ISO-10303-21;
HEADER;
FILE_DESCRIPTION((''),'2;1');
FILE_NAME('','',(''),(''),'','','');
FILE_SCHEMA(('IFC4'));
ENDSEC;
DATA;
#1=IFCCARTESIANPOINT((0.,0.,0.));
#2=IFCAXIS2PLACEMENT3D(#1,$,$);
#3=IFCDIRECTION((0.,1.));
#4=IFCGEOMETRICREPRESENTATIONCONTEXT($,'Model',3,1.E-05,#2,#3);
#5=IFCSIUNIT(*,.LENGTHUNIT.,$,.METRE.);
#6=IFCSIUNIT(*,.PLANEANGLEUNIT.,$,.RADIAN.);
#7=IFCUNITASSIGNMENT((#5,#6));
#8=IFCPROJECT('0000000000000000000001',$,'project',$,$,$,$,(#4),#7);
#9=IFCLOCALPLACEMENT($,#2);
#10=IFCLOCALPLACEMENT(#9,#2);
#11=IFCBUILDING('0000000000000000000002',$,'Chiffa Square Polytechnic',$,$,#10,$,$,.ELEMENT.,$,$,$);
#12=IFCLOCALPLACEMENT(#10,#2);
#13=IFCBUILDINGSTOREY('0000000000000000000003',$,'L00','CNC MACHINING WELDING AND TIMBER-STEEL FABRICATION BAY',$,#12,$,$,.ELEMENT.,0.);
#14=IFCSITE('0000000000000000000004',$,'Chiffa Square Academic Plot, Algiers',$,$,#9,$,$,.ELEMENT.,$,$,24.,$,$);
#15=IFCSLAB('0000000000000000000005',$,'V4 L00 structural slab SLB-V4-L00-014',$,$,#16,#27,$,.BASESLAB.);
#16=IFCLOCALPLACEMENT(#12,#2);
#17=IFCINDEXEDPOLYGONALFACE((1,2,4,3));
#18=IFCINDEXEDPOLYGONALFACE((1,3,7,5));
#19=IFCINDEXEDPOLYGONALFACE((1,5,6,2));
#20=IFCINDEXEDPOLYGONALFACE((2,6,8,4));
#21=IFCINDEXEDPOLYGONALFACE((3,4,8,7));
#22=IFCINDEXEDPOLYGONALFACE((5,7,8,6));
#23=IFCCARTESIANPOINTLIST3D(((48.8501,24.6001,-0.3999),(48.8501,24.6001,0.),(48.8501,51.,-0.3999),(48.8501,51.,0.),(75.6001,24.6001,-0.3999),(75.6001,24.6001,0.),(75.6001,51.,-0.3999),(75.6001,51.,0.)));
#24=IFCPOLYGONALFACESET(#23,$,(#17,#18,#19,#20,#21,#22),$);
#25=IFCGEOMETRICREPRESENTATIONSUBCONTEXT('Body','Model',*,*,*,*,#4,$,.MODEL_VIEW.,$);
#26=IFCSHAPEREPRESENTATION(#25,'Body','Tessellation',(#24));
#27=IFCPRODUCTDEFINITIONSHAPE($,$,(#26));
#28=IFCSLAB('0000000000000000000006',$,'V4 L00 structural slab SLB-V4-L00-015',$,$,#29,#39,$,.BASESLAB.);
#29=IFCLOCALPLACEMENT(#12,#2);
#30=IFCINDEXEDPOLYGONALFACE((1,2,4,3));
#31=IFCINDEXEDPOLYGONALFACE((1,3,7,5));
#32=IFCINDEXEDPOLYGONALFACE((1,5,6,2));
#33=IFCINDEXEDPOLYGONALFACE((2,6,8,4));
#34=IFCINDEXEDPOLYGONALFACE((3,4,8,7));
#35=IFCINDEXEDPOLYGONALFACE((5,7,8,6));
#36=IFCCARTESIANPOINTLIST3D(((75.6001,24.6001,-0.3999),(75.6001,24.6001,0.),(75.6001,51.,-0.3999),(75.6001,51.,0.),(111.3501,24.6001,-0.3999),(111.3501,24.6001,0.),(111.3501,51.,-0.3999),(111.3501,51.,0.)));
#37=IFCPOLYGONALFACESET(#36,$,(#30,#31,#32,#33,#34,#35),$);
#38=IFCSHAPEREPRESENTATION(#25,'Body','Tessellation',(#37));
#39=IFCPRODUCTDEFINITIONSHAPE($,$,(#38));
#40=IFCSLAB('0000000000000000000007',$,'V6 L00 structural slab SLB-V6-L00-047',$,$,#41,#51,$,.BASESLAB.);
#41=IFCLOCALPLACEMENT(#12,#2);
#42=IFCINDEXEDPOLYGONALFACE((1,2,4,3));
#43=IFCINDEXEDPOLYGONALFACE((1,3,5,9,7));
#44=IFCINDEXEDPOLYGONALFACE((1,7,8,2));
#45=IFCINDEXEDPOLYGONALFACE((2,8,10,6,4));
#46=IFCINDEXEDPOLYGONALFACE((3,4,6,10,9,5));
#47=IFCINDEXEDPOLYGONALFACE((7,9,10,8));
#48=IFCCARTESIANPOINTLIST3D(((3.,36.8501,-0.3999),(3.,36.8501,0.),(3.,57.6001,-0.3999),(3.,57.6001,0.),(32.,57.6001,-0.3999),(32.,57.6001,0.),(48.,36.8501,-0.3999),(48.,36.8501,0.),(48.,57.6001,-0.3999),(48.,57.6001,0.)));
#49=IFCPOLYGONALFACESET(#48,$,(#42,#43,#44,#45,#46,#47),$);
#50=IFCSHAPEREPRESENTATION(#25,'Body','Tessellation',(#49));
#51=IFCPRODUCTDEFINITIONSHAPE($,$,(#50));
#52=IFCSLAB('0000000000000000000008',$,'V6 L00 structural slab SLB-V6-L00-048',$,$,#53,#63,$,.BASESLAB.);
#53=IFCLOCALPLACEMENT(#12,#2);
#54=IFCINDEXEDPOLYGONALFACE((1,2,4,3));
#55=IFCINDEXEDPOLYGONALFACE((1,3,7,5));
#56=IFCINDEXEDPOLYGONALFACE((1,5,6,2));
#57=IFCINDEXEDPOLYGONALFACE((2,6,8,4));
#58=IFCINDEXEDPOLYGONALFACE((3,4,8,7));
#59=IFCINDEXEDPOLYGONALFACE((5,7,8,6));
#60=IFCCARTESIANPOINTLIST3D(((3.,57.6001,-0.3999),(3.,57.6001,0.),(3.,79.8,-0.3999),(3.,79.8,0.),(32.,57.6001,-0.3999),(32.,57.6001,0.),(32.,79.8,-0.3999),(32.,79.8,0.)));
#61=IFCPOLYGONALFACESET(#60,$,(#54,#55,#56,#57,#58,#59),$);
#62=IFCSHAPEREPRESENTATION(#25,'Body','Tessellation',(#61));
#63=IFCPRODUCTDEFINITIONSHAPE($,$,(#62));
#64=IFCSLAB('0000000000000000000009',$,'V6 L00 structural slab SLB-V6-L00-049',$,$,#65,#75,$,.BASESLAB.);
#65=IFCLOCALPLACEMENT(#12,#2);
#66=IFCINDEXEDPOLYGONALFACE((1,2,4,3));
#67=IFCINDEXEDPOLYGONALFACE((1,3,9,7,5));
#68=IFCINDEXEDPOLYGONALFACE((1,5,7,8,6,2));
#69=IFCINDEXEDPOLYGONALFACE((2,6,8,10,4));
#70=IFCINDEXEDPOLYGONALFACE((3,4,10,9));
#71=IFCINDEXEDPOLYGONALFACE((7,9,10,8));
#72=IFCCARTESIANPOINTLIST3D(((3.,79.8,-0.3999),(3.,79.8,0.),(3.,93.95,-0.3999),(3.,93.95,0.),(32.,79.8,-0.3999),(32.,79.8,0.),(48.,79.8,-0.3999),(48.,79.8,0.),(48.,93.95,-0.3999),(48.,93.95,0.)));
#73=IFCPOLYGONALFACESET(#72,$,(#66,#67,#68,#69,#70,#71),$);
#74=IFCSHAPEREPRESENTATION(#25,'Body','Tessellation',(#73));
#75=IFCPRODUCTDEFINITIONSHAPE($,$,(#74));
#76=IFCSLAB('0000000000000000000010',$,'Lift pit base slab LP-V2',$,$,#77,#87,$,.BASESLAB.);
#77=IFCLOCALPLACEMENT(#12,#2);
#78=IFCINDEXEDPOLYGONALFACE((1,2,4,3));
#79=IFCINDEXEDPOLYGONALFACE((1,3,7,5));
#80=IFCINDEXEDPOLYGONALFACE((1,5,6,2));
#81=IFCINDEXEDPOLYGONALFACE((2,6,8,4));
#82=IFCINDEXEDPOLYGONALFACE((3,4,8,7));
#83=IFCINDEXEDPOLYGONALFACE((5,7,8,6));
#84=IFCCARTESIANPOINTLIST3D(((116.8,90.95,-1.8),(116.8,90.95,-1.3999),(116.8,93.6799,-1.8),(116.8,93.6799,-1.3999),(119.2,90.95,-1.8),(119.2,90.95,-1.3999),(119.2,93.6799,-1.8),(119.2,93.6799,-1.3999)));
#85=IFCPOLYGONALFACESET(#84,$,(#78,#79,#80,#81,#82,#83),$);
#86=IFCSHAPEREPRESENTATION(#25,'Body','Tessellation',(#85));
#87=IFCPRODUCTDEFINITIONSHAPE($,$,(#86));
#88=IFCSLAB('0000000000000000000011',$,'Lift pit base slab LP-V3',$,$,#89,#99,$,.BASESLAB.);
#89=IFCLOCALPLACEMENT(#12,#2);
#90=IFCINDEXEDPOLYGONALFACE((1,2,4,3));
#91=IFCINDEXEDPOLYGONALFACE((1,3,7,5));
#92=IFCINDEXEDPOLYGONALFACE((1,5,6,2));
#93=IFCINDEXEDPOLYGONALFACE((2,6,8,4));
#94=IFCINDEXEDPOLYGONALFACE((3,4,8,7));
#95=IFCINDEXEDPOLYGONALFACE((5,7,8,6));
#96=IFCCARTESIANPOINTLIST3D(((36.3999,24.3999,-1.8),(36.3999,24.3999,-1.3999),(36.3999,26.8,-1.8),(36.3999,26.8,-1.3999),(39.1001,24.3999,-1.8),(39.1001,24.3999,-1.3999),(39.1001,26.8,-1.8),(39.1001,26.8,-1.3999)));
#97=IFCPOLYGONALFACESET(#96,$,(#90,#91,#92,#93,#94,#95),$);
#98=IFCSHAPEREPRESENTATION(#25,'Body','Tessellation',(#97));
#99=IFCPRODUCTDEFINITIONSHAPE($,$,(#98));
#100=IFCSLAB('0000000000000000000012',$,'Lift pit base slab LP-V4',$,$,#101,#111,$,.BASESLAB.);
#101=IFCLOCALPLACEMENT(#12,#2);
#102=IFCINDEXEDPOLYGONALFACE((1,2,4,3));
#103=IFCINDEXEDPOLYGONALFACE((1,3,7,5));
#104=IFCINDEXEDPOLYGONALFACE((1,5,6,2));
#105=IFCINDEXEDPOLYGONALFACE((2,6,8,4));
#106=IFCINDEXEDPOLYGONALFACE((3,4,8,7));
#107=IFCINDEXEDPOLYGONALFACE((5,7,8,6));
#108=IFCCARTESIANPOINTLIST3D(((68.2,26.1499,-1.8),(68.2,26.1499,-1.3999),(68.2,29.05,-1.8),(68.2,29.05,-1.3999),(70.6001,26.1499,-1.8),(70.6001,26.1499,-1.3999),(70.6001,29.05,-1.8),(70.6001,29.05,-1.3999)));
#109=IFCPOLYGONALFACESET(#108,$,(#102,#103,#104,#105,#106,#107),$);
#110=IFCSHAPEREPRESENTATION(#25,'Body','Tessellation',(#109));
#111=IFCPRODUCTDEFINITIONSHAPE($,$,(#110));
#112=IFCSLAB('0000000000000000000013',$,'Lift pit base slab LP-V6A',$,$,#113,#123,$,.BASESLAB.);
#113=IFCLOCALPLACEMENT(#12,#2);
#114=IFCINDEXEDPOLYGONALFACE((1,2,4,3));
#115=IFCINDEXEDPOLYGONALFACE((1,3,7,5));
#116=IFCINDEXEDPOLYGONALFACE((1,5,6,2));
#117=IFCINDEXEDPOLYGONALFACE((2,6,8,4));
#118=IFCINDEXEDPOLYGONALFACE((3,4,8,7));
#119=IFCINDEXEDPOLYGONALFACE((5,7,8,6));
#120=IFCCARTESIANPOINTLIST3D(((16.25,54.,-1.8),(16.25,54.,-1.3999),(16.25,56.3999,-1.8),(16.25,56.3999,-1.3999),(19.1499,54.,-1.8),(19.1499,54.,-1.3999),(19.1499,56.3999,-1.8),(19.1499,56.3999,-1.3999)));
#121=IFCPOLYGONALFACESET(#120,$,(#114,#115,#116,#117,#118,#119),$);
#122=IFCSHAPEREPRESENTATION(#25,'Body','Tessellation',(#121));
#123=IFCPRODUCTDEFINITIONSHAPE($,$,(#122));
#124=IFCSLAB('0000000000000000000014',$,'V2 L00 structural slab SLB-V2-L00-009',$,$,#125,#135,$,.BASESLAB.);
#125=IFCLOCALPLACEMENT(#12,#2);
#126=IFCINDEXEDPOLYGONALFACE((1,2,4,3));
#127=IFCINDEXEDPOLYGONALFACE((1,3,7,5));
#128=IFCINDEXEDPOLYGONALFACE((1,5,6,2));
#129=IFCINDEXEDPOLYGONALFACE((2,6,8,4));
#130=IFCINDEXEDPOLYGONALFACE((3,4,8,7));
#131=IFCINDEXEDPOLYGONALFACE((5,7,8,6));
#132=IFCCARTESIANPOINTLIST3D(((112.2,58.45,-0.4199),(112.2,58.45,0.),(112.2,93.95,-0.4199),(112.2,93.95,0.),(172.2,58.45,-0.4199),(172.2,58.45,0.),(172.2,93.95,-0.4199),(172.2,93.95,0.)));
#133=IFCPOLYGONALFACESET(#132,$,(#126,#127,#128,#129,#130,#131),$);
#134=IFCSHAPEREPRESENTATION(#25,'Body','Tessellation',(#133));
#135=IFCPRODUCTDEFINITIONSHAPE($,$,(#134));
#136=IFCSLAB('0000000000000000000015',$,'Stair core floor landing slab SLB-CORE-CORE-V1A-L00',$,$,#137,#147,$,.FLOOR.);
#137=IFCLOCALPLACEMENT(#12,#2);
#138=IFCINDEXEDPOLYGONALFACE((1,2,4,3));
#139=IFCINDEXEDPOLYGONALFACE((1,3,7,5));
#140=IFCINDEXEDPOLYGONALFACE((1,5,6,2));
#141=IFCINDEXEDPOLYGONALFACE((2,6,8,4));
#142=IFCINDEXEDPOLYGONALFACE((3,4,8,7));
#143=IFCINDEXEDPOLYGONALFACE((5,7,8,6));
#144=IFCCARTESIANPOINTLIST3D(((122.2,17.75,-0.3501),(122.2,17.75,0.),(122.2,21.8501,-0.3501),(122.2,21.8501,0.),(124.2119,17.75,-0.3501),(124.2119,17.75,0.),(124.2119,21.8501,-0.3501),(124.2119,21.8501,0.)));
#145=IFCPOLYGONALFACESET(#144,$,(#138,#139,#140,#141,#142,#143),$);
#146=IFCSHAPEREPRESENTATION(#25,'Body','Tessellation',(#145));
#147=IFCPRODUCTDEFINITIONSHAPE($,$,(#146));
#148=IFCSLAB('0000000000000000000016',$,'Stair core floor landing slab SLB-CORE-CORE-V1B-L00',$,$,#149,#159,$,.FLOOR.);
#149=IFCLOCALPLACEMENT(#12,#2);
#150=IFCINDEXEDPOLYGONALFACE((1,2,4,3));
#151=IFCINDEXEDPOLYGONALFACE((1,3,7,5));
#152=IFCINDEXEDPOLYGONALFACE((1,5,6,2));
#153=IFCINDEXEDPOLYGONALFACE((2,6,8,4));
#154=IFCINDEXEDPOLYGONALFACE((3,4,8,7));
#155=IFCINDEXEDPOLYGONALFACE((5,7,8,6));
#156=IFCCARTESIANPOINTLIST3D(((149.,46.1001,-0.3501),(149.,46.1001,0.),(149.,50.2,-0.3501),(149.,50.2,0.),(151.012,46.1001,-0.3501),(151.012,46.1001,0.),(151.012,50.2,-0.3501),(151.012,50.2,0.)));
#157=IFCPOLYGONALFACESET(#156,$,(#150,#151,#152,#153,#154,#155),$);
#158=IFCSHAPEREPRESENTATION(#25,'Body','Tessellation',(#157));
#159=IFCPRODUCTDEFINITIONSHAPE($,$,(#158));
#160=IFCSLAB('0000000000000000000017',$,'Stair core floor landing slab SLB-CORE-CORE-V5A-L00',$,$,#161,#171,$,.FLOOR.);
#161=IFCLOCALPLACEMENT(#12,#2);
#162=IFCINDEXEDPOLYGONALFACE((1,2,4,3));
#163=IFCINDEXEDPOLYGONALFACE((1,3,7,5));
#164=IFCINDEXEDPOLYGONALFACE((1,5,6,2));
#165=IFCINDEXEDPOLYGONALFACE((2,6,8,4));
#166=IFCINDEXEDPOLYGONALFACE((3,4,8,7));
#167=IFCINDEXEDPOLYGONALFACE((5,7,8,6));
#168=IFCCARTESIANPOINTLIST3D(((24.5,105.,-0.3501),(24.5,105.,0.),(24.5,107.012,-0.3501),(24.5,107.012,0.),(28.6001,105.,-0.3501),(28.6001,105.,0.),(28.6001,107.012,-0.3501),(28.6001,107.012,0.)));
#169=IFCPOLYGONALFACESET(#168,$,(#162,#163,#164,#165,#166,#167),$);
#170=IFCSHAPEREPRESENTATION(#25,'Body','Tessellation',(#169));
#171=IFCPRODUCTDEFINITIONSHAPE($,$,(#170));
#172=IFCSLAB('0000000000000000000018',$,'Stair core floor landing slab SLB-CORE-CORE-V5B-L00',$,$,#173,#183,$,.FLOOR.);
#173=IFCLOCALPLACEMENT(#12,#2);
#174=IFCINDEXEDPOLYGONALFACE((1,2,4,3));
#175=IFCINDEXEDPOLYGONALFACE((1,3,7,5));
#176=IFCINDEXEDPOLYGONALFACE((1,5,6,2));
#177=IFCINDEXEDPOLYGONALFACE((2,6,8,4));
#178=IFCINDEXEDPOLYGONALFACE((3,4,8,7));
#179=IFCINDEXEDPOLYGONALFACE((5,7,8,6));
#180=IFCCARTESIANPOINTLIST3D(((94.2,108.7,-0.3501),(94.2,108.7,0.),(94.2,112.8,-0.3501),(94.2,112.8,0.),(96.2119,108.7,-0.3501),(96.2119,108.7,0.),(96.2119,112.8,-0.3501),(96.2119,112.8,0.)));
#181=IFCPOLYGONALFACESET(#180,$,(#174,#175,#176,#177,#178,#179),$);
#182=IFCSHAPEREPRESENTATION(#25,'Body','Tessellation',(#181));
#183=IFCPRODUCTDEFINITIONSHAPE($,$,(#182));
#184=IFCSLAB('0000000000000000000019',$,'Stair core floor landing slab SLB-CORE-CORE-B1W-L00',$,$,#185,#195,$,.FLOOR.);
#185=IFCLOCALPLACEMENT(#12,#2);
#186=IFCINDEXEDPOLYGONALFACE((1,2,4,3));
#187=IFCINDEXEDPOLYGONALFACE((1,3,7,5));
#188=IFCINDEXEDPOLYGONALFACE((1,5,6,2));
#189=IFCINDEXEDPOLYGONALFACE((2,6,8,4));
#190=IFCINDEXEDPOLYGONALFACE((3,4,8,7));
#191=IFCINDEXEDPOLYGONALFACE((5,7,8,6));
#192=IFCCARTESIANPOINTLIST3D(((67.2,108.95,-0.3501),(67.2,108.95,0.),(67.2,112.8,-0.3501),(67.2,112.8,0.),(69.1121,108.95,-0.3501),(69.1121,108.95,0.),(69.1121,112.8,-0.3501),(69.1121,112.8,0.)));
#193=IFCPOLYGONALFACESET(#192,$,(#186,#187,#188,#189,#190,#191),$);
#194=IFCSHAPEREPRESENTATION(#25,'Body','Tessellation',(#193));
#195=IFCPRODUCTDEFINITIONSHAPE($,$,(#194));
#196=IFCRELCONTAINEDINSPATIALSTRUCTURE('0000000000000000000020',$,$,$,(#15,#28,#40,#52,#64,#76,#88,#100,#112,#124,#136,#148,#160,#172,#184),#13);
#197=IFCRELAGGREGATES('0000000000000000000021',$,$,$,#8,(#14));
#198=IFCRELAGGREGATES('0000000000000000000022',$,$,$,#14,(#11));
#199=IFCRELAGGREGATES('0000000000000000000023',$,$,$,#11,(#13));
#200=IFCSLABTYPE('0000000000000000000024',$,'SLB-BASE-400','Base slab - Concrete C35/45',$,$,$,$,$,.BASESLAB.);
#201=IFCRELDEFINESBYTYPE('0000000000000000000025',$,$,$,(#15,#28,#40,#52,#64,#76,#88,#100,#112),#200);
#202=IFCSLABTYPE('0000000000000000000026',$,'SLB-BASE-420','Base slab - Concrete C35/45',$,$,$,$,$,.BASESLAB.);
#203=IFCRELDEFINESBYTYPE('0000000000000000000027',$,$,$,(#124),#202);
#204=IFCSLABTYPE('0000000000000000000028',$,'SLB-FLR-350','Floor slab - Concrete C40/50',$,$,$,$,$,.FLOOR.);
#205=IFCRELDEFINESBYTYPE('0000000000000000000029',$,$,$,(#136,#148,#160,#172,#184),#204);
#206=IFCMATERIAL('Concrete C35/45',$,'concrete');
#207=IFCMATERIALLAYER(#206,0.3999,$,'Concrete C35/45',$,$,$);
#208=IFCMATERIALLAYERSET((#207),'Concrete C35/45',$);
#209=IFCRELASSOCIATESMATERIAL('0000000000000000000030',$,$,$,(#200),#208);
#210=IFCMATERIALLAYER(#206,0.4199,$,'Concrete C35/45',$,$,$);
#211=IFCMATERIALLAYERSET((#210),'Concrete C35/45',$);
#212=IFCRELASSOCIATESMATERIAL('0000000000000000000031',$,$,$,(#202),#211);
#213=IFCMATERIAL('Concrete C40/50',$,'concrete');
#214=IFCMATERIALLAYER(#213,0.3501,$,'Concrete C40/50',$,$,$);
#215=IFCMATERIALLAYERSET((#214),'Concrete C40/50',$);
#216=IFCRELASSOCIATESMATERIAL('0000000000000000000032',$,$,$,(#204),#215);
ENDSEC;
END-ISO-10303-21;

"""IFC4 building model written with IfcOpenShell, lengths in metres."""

from ifc_helpers import new_model, si_unit, direction, frame, origin, place, context, subcontext, project, spatial, polyline, outline, extrude, material, layer, layer_set, type_object, element, save


model = new_model("IFC4")

# Units and contexts
model_context = context("Model", 3, precision=1e-05, world=origin(), true_north=direction((0.0, 1.0)))
body_context = subcontext(model_context, "Body", "Model", "MODEL_VIEW")
ifc_project = project(units=[si_unit("LENGTHUNIT", "METRE"), si_unit("PLANEANGLEUNIT", "RADIAN")], contexts=[model_context])

# Site, building, storey
site_placement = place(None, origin())
site = spatial("IfcSite", under=ifc_project, at=site_placement, Name="Chiffa Square Academic Plot, Algiers", CompositionType="ELEMENT", RefElevation=24.0)
building_placement = place(site_placement, origin())
building = spatial("IfcBuilding", under=site, at=building_placement, Name="Chiffa Square Polytechnic", CompositionType="ELEMENT")
storey_placement = place(building_placement, origin())
storey = spatial("IfcBuildingStorey", under=building, at=storey_placement, Name="L00", Description="CNC MACHINING WELDING AND TIMBER-STEEL FABRICATION BAY", CompositionType="ELEMENT", Elevation=0.0)

# Shared definitions
ifc_material_1 = material(Name="Concrete C35/45", Category="concrete")

# Slabs
ifc_layer_1 = layer(ifc_material_1, 0.3999, Name="Concrete C35/45")
ifc_layer_set_1 = layer_set([ifc_layer_1], Name="Concrete C35/45")
slab_type_1 = type_object("IfcSlabType", Name="SLB-BASE-400", Description="Base slab - Concrete C35/45", PredefinedType="BASESLAB", material=ifc_layer_set_1)
slab_1_placement = place(storey_placement, frame((0.0, 0.0, -0.3999)))
element("IfcSlab", 1, at=slab_1_placement, inside=storey, type_object=slab_type_1, Name="V4 L00 structural slab SLB-V4-L00-014", PredefinedType="BASESLAB", context=body_context, shape_type="SweptSolid", body=[
    extrude(outline(polyline([(48.8501, 24.6001), (48.8501, 51.0), (75.6001, 51.0), (75.6001, 24.6001), (48.8501, 24.6001)])), origin(), (0.0, 0.0, 1.0), 0.3999),
])
slab_2_placement = place(storey_placement, frame((0.0, 0.0, -0.3999)))
element("IfcSlab", 2, at=slab_2_placement, inside=storey, type_object=slab_type_1, Name="V4 L00 structural slab SLB-V4-L00-015", PredefinedType="BASESLAB", context=body_context, shape_type="SweptSolid", body=[
    extrude(outline(polyline([(111.3501, 51.0), (111.3501, 24.6001), (75.6001, 24.6001), (75.6001, 51.0), (111.3501, 51.0)])), origin(), (0.0, 0.0, 1.0), 0.3999),
])
slab_3_placement = place(storey_placement, frame((0.0, 0.0, -0.3999)))
element("IfcSlab", 3, at=slab_3_placement, inside=storey, type_object=slab_type_1, Name="V6 L00 structural slab SLB-V6-L00-047", PredefinedType="BASESLAB", context=body_context, shape_type="SweptSolid", body=[
    extrude(outline(polyline([(48.0, 36.8501), (3.0, 36.8501), (3.0, 57.6001), (32.0, 57.6001), (48.0, 57.6001), (48.0, 36.8501)])), origin(), (0.0, 0.0, 1.0), 0.3999),
])
slab_4_placement = place(storey_placement, frame((0.0, 0.0, -0.3999)))
element("IfcSlab", 4, at=slab_4_placement, inside=storey, type_object=slab_type_1, Name="V6 L00 structural slab SLB-V6-L00-048", PredefinedType="BASESLAB", context=body_context, shape_type="SweptSolid", body=[
    extrude(outline(polyline([(32.0, 57.6001), (3.0, 57.6001), (3.0, 79.8), (32.0, 79.8), (32.0, 57.6001)])), origin(), (0.0, 0.0, 1.0), 0.3999),
])
slab_5_placement = place(storey_placement, frame((0.0, 0.0, -0.3999)))
element("IfcSlab", 5, at=slab_5_placement, inside=storey, type_object=slab_type_1, Name="V6 L00 structural slab SLB-V6-L00-049", PredefinedType="BASESLAB", context=body_context, shape_type="SweptSolid", body=[
    extrude(outline(polyline([(32.0, 79.8), (3.0, 79.8), (3.0, 93.95), (48.0, 93.95), (48.0, 79.8), (32.0, 79.8)])), origin(), (0.0, 0.0, 1.0), 0.3999),
])
slab_6_placement = place(storey_placement, frame((0.0, 0.0, -1.8)))
element("IfcSlab", 6, at=slab_6_placement, inside=storey, type_object=slab_type_1, Name="Lift pit base slab LP-V2", PredefinedType="BASESLAB", context=body_context, shape_type="SweptSolid", body=[
    extrude(outline(polyline([(116.8, 90.95), (119.2, 90.95), (119.2, 93.6799), (116.8, 93.6799), (116.8, 90.95)])), origin(), (0.0, 0.0, 1.0), 0.4001),
])
slab_7_placement = place(storey_placement, frame((0.0, 0.0, -1.8)))
element("IfcSlab", 7, at=slab_7_placement, inside=storey, type_object=slab_type_1, Name="Lift pit base slab LP-V3", PredefinedType="BASESLAB", context=body_context, shape_type="SweptSolid", body=[
    extrude(outline(polyline([(36.3999, 24.3999), (39.1001, 24.3999), (39.1001, 26.8), (36.3999, 26.8), (36.3999, 24.3999)])), origin(), (0.0, 0.0, 1.0), 0.4001),
])
slab_8_placement = place(storey_placement, frame((0.0, 0.0, -1.8)))
element("IfcSlab", 8, at=slab_8_placement, inside=storey, type_object=slab_type_1, Name="Lift pit base slab LP-V4", PredefinedType="BASESLAB", context=body_context, shape_type="SweptSolid", body=[
    extrude(outline(polyline([(68.2, 26.1499), (70.6001, 26.1499), (70.6001, 29.05), (68.2, 29.05), (68.2, 26.1499)])), origin(), (0.0, 0.0, 1.0), 0.4001),
])
slab_9_placement = place(storey_placement, frame((0.0, 0.0, -1.8)))
element("IfcSlab", 9, at=slab_9_placement, inside=storey, type_object=slab_type_1, Name="Lift pit base slab LP-V6A", PredefinedType="BASESLAB", context=body_context, shape_type="SweptSolid", body=[
    extrude(outline(polyline([(16.25, 54.0), (19.1499, 54.0), (19.1499, 56.3999), (16.25, 56.3999), (16.25, 54.0)])), origin(), (0.0, 0.0, 1.0), 0.4001),
])
ifc_layer_2 = layer(ifc_material_1, 0.4199, Name="Concrete C35/45")
ifc_layer_set_2 = layer_set([ifc_layer_2], Name="Concrete C35/45")
slab_type_2 = type_object("IfcSlabType", Name="SLB-BASE-420", Description="Base slab - Concrete C35/45", PredefinedType="BASESLAB", material=ifc_layer_set_2)
slab_10_placement = place(storey_placement, frame((0.0, 0.0, -0.4199)))
element("IfcSlab", 10, at=slab_10_placement, inside=storey, type_object=slab_type_2, Name="V2 L00 structural slab SLB-V2-L00-009", PredefinedType="BASESLAB", context=body_context, shape_type="SweptSolid", body=[
    extrude(outline(polyline([(112.2, 93.95), (172.2, 93.95), (172.2, 58.45), (112.2, 58.45), (112.2, 93.95)])), origin(), (0.0, 0.0, 1.0), 0.4199),
])
ifc_material_2 = material(Name="Concrete C40/50", Category="concrete")
ifc_layer_3 = layer(ifc_material_2, 0.3501, Name="Concrete C40/50")
ifc_layer_set_3 = layer_set([ifc_layer_3], Name="Concrete C40/50")
slab_type_3 = type_object("IfcSlabType", Name="SLB-FLR-350", Description="Floor slab - Concrete C40/50", PredefinedType="FLOOR", material=ifc_layer_set_3)
slab_11_placement = place(storey_placement, frame((0.0, 0.0, -0.3501)))
element("IfcSlab", 11, at=slab_11_placement, inside=storey, type_object=slab_type_3, Name="Stair core floor landing slab SLB-CORE-CORE-V1A-L00", PredefinedType="FLOOR", context=body_context, shape_type="SweptSolid", body=[
    extrude(outline(polyline([(122.2, 17.75), (124.2119, 17.75), (124.2119, 21.8501), (122.2, 21.8501), (122.2, 17.75)])), origin(), (0.0, 0.0, 1.0), 0.3501),
])
slab_12_placement = place(storey_placement, frame((0.0, 0.0, -0.3501)))
element("IfcSlab", 12, at=slab_12_placement, inside=storey, type_object=slab_type_3, Name="Stair core floor landing slab SLB-CORE-CORE-V1B-L00", PredefinedType="FLOOR", context=body_context, shape_type="SweptSolid", body=[
    extrude(outline(polyline([(149.0, 46.1001), (151.012, 46.1001), (151.012, 50.2), (149.0, 50.2), (149.0, 46.1001)])), origin(), (0.0, 0.0, 1.0), 0.3501),
])
slab_13_placement = place(storey_placement, frame((0.0, 0.0, -0.3501)))
element("IfcSlab", 13, at=slab_13_placement, inside=storey, type_object=slab_type_3, Name="Stair core floor landing slab SLB-CORE-CORE-V5A-L00", PredefinedType="FLOOR", context=body_context, shape_type="SweptSolid", body=[
    extrude(outline(polyline([(28.6001, 105.0), (28.6001, 107.012), (24.5, 107.012), (24.5, 105.0), (28.6001, 105.0)])), origin(), (0.0, 0.0, 1.0), 0.3501),
])
slab_14_placement = place(storey_placement, frame((0.0, 0.0, -0.3501)))
element("IfcSlab", 14, at=slab_14_placement, inside=storey, type_object=slab_type_3, Name="Stair core floor landing slab SLB-CORE-CORE-V5B-L00", PredefinedType="FLOOR", context=body_context, shape_type="SweptSolid", body=[
    extrude(outline(polyline([(94.2, 108.7), (96.2119, 108.7), (96.2119, 112.8), (94.2, 112.8), (94.2, 108.7)])), origin(), (0.0, 0.0, 1.0), 0.3501),
])
slab_15_placement = place(storey_placement, frame((0.0, 0.0, -0.3501)))
element("IfcSlab", 15, at=slab_15_placement, inside=storey, type_object=slab_type_3, Name="Stair core floor landing slab SLB-CORE-CORE-B1W-L00", PredefinedType="FLOOR", context=body_context, shape_type="SweptSolid", body=[
    extrude(outline(polyline([(67.2, 108.95), (69.1121, 108.95), (69.1121, 112.8), (67.2, 112.8), (67.2, 108.95)])), origin(), (0.0, 0.0, 1.0), 0.3501),
])

save(model, "model.ifc")
